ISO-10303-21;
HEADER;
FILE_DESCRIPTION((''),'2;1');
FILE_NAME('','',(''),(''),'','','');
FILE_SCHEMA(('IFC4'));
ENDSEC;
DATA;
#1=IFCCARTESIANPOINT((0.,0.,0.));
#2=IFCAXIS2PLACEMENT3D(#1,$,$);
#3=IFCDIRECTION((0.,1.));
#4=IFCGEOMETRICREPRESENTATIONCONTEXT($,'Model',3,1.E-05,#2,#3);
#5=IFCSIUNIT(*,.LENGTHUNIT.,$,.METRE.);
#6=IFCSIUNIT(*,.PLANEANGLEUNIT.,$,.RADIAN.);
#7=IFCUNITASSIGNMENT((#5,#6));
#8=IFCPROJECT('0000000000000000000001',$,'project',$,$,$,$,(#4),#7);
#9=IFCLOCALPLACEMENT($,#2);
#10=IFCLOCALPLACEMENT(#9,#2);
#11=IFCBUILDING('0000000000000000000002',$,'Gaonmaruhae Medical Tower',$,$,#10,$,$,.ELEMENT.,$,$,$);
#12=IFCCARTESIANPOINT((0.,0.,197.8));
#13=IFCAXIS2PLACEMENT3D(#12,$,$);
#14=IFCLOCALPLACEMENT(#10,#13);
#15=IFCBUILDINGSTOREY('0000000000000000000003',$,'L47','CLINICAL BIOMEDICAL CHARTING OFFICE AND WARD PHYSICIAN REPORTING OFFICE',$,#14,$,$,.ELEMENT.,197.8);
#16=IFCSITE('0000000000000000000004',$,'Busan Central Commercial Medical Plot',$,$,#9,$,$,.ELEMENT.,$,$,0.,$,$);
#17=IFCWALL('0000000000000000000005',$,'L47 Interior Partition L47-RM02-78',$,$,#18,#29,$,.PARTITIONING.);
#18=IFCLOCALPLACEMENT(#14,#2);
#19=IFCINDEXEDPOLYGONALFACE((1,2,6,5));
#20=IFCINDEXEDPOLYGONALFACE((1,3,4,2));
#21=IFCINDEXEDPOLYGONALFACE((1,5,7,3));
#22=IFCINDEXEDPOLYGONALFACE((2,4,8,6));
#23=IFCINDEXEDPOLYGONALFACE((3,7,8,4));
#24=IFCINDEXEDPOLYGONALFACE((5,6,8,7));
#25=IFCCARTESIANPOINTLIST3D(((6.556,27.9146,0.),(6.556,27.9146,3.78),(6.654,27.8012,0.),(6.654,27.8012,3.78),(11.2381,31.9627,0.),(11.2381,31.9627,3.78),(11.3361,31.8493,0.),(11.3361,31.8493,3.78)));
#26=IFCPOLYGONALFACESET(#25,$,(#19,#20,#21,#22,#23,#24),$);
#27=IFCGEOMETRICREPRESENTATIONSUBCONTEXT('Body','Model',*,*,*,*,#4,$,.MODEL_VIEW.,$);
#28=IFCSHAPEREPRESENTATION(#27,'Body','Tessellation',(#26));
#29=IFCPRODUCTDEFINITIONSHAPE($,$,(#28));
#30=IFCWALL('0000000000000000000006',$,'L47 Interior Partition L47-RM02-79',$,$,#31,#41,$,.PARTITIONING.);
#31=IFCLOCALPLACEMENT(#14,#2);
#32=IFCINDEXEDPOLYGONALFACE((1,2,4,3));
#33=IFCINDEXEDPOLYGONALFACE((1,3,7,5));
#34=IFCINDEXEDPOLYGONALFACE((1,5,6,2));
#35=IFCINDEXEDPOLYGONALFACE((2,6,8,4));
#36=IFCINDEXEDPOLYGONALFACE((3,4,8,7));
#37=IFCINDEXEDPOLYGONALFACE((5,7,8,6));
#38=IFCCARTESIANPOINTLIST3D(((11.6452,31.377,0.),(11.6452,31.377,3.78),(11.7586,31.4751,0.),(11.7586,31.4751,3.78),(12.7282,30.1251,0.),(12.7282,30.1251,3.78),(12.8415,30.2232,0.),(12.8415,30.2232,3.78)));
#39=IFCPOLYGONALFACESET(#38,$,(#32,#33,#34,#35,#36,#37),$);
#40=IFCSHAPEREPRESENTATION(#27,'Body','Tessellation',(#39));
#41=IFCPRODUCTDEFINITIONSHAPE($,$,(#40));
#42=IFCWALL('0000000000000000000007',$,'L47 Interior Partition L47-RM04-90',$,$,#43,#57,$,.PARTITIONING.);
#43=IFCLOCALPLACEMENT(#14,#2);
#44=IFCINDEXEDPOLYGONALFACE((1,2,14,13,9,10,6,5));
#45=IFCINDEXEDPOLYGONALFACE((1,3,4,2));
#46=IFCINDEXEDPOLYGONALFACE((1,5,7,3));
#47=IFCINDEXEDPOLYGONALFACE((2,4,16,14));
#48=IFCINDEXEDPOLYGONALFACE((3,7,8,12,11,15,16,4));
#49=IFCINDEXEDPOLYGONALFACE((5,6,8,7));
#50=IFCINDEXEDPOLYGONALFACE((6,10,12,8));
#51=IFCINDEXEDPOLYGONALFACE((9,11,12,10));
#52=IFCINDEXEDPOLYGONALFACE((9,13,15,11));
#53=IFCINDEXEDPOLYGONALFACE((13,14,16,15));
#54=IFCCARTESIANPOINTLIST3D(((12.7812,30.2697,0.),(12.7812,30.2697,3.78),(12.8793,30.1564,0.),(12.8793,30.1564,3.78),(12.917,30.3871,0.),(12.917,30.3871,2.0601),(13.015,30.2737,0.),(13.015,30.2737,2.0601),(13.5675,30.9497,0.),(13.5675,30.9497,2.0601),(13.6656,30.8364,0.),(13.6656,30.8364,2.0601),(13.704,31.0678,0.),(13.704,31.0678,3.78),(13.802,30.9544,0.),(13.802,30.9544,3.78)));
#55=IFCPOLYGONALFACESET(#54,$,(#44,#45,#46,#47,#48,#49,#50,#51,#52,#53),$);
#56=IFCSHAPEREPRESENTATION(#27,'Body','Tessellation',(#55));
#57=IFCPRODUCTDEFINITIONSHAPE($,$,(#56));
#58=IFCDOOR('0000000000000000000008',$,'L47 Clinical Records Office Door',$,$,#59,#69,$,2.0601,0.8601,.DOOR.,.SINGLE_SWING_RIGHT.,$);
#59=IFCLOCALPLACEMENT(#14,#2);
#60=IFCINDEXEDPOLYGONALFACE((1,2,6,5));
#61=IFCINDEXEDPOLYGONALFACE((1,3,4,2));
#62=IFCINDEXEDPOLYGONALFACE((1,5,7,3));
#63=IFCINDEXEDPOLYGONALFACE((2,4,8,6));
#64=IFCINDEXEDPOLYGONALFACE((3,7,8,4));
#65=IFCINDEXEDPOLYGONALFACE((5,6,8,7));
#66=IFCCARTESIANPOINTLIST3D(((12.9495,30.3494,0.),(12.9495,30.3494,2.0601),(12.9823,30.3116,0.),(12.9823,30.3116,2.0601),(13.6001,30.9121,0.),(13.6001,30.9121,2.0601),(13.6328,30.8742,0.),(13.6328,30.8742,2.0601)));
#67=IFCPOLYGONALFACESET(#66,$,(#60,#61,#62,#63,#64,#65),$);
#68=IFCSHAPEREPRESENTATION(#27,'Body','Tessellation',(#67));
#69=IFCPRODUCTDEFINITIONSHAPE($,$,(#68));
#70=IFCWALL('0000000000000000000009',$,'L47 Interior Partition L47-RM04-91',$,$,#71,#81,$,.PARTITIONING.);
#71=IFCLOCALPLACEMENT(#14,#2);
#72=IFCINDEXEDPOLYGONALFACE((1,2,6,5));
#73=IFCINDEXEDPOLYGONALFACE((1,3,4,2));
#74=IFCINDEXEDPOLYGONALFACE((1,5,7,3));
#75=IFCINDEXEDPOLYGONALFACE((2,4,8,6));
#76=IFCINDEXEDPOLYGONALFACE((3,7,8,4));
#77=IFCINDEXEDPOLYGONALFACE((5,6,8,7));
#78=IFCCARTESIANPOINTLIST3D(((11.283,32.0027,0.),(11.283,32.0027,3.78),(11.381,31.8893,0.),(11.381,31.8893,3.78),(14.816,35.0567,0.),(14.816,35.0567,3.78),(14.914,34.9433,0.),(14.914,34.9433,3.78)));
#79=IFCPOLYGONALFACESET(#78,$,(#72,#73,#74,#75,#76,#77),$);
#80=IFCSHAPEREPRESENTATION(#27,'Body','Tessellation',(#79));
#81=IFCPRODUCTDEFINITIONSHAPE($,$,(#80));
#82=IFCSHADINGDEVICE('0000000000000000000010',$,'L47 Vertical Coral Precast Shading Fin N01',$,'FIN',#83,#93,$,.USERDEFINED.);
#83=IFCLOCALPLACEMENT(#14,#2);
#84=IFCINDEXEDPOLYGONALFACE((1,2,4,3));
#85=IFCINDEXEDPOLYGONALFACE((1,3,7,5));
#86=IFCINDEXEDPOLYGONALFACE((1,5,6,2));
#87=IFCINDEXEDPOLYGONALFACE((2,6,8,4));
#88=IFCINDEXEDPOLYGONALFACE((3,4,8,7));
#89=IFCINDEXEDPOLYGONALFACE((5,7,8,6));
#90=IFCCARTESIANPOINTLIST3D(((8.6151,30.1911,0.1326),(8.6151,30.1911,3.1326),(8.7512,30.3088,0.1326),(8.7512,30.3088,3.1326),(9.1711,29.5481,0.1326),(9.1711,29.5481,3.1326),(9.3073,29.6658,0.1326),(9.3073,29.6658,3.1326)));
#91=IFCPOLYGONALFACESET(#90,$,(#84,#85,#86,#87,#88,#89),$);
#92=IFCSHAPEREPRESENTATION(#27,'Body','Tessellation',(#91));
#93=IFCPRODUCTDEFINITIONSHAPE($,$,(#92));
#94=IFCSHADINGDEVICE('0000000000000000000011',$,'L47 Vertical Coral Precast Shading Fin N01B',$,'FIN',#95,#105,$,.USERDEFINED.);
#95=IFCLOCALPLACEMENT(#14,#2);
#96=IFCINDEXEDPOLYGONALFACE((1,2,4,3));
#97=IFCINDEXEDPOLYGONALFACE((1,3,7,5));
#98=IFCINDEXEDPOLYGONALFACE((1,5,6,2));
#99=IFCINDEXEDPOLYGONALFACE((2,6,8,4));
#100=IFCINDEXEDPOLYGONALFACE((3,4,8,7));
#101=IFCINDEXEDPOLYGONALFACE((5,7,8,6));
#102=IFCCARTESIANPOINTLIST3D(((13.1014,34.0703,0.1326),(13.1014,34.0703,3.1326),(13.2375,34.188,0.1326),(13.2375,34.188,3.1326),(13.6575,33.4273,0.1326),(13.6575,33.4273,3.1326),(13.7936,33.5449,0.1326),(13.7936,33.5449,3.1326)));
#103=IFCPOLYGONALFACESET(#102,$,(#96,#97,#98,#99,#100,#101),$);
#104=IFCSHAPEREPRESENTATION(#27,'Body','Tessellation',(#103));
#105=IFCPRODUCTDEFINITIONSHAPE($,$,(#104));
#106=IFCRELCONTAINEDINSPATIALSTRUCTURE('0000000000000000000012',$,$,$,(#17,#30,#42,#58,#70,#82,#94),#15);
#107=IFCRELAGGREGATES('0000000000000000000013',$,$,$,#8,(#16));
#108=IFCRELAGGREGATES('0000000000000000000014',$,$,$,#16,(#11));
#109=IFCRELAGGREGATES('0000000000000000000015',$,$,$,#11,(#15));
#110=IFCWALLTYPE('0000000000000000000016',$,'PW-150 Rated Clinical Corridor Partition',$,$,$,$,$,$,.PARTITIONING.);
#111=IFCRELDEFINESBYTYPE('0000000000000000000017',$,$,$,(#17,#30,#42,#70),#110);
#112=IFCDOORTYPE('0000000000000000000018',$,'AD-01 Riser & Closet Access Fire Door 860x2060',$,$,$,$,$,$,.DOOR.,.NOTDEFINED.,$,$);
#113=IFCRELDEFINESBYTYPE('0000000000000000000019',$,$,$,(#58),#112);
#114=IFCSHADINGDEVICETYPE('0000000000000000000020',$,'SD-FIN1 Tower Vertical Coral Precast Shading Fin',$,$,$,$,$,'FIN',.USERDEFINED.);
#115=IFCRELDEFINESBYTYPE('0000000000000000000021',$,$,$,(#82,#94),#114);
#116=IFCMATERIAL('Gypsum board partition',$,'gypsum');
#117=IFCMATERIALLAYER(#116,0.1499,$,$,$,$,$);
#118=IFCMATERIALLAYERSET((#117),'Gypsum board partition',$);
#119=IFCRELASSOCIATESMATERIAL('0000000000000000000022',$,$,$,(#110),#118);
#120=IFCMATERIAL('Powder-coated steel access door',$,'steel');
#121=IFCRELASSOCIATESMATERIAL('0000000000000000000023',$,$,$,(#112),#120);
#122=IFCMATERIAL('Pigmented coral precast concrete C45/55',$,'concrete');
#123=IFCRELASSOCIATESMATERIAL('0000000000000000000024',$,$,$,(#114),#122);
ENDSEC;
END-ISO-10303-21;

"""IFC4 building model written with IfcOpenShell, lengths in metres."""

from ifc_helpers import new_model, si_unit, direction, frame, frame_2d, origin, origin_2d, place, context, subcontext, project, spatial, rectangle, extrude, material, layer, layer_set, type_object, element, fill, save


model = new_model("IFC4")

# Units and contexts
model_context = context("Model", 3, precision=1e-05, world=origin(), true_north=direction((0.0, 1.0)))
body_context = subcontext(model_context, "Body", "Model", "MODEL_VIEW")
ifc_project = project(units=[si_unit("LENGTHUNIT", "METRE"), si_unit("PLANEANGLEUNIT", "RADIAN")], contexts=[model_context])

# Site, building, storey
site_placement = place(None, origin())
site = spatial("IfcSite", under=ifc_project, at=site_placement, Name="Busan Central Commercial Medical Plot", CompositionType="ELEMENT", RefElevation=0.0)
building_placement = place(site_placement, origin())
building = spatial("IfcBuilding", under=site, at=building_placement, Name="Gaonmaruhae Medical Tower", CompositionType="ELEMENT")
storey_placement = place(building_placement, frame((0.0, 0.0, 197.8)))
storey = spatial("IfcBuildingStorey", under=building, at=storey_placement, Name="L47", Description="CLINICAL BIOMEDICAL CHARTING OFFICE AND WARD PHYSICIAN REPORTING OFFICE", CompositionType="ELEMENT", Elevation=197.8)

# Shared definitions
ifc_material_1 = material(Name="Gypsum board partition", Category="gypsum")
ifc_layer_1 = layer(ifc_material_1, 0.1499)
ifc_layer_set_1 = layer_set([ifc_layer_1], Name="Gypsum board partition")
wall_type_1 = type_object("IfcWallType", Name="PW-150 Rated Clinical Corridor Partition", PredefinedType="PARTITIONING", material=ifc_layer_set_1)

# Walls
wall_1_placement = place(storey_placement, frame((6.605, 27.8579, 0.0), z_axis=(0.0, 0.0, 1.0), x_axis=(0.756468, 0.654031, 0.0)))
element("IfcWall", 1, at=wall_1_placement, inside=storey, type_object=wall_type_1, Name="L47 Interior Partition L47-RM02-78", PredefinedType="PARTITIONING", context=body_context, shape_type="SweptSolid", body=[
    extrude(rectangle(XDim=6.1895, YDim=0.1499, at=frame_2d((3.0947, 0.0))), origin(), (0.0, 0.0, 1.0), 3.78),
])
wall_2_placement = place(storey_placement, frame((11.7019, 31.426, 0.0), z_axis=(0.0, 0.0, 1.0), x_axis=(0.654234, -0.756292, 0.0)))
element("IfcWall", 2, at=wall_2_placement, inside=storey, type_object=wall_type_1, Name="L47 Interior Partition L47-RM02-79", PredefinedType="PARTITIONING", context=body_context, shape_type="SweptSolid", body=[
    extrude(rectangle(XDim=1.6553, YDim=0.1499, at=frame_2d((0.8276, 0.0))), origin(), (0.0, 0.0, 1.0), 3.78),
])

# Wall, opening, door
wall_3_placement = place(storey_placement, frame((13.7529, 31.011, 0.0), z_axis=(0.0, 0.0, 1.0), x_axis=(-0.756382, -0.65413, 0.0)))
wall_3 = element("IfcWall", 3, at=wall_3_placement, inside=storey, type_object=wall_type_1, Name="L47 Interior Partition L47-RM04-90", PredefinedType="PARTITIONING", context=body_context, shape_type="SweptSolid", body=[
    extrude(rectangle(XDim=1.22, YDim=0.1499, at=frame_2d((0.6099, 0.0))), origin(), (0.0, 0.0, 1.0), 3.78),
])
opening_1_placement = place(wall_3_placement, frame((0.1802, 0.0, 0.0)))
opening_1 = element("IfcOpeningElement", 4, at=opening_1_placement, cuts=wall_3, PredefinedType="OPENING", context=body_context, shape_type="SweptSolid", body=[
    extrude(rectangle(XDim=0.8601, YDim=2.0601, at=frame_2d((0.4302, 1.03))), frame((0.0, 0.085, 0.0), z_axis=(0.0, -1.0, 0.0), x_axis=(1.0, 0.0, 0.0)), (0.0, 0.0, 1.0), 0.1699),
])
ifc_material_2 = material(Name="Powder-coated steel access door", Category="steel")
door_type_1 = type_object("IfcDoorType", Name="AD-01 Riser & Closet Access Fire Door 860x2060", OperationType="NOTDEFINED", PredefinedType="DOOR", material=ifc_material_2)
door_1_placement = place(opening_1_placement, origin())
door_1 = element("IfcDoor", 5, at=door_1_placement, inside=storey, type_object=door_type_1, Name="L47 Clinical Records Office Door", OperationType="SINGLE_SWING_RIGHT", OverallHeight=2.0601, OverallWidth=0.8601, PredefinedType="DOOR", context=body_context, shape_type="SweptSolid", body=[
    extrude(rectangle(XDim=0.8601, YDim=2.0601, at=frame_2d((0.4302, 1.03))), frame((0.0, 0.0249, 0.0), z_axis=(0.0, -1.0, 0.0), x_axis=(1.0, 0.0, 0.0)), (0.0, 0.0, 1.0), 0.05),
])
fill(opening_1, door_1)

# Wall
wall_4_placement = place(storey_placement, frame((11.332, 31.946, 0.0), z_axis=(0.0, 0.0, 1.0), x_axis=(0.75653, 0.653959, 0.0)))
element("IfcWall", 6, at=wall_4_placement, inside=storey, type_object=wall_type_1, Name="L47 Interior Partition L47-RM04-91", PredefinedType="PARTITIONING", context=body_context, shape_type="SweptSolid", body=[
    extrude(rectangle(XDim=4.6699, YDim=0.1499, at=frame_2d((2.335, 0.0))), origin(), (0.0, 0.0, 1.0), 3.78),
])

# Shading devices
ifc_material_3 = material(Name="Pigmented coral precast concrete C45/55", Category="concrete")
shading_device_type = type_object("IfcShadingDeviceType", Name="SD-FIN1 Tower Vertical Coral Precast Shading Fin", ElementType="FIN", PredefinedType="USERDEFINED", material=ifc_material_3)
for number, where, z_axis, x_axis, name in (
    (7, (8.9612, 29.9285, 0.1326), (0.0, 0.0, 1.0), (0.756425, 0.654081, 0.0), "L47 Vertical Coral Precast Shading Fin N01"),
    (8, (13.4475, 33.8076, 0.1326), (0.0, 0.0, 1.0), (0.756425, 0.654081, 0.0), "L47 Vertical Coral Precast Shading Fin N01B"),
):
    element("IfcShadingDevice", number, at=place(storey_placement, frame(where, z_axis=z_axis, x_axis=x_axis)), inside=storey, type_object=shading_device_type, Name=name, ObjectType="FIN", PredefinedType="USERDEFINED", context=body_context, shape_type="SweptSolid", body=[
        extrude(rectangle(XDim=0.1799, YDim=0.8501, at=origin_2d()), origin(), (0.0, 0.0, 1.0), 3.0),
    ])

save(model, "model.ifc")
